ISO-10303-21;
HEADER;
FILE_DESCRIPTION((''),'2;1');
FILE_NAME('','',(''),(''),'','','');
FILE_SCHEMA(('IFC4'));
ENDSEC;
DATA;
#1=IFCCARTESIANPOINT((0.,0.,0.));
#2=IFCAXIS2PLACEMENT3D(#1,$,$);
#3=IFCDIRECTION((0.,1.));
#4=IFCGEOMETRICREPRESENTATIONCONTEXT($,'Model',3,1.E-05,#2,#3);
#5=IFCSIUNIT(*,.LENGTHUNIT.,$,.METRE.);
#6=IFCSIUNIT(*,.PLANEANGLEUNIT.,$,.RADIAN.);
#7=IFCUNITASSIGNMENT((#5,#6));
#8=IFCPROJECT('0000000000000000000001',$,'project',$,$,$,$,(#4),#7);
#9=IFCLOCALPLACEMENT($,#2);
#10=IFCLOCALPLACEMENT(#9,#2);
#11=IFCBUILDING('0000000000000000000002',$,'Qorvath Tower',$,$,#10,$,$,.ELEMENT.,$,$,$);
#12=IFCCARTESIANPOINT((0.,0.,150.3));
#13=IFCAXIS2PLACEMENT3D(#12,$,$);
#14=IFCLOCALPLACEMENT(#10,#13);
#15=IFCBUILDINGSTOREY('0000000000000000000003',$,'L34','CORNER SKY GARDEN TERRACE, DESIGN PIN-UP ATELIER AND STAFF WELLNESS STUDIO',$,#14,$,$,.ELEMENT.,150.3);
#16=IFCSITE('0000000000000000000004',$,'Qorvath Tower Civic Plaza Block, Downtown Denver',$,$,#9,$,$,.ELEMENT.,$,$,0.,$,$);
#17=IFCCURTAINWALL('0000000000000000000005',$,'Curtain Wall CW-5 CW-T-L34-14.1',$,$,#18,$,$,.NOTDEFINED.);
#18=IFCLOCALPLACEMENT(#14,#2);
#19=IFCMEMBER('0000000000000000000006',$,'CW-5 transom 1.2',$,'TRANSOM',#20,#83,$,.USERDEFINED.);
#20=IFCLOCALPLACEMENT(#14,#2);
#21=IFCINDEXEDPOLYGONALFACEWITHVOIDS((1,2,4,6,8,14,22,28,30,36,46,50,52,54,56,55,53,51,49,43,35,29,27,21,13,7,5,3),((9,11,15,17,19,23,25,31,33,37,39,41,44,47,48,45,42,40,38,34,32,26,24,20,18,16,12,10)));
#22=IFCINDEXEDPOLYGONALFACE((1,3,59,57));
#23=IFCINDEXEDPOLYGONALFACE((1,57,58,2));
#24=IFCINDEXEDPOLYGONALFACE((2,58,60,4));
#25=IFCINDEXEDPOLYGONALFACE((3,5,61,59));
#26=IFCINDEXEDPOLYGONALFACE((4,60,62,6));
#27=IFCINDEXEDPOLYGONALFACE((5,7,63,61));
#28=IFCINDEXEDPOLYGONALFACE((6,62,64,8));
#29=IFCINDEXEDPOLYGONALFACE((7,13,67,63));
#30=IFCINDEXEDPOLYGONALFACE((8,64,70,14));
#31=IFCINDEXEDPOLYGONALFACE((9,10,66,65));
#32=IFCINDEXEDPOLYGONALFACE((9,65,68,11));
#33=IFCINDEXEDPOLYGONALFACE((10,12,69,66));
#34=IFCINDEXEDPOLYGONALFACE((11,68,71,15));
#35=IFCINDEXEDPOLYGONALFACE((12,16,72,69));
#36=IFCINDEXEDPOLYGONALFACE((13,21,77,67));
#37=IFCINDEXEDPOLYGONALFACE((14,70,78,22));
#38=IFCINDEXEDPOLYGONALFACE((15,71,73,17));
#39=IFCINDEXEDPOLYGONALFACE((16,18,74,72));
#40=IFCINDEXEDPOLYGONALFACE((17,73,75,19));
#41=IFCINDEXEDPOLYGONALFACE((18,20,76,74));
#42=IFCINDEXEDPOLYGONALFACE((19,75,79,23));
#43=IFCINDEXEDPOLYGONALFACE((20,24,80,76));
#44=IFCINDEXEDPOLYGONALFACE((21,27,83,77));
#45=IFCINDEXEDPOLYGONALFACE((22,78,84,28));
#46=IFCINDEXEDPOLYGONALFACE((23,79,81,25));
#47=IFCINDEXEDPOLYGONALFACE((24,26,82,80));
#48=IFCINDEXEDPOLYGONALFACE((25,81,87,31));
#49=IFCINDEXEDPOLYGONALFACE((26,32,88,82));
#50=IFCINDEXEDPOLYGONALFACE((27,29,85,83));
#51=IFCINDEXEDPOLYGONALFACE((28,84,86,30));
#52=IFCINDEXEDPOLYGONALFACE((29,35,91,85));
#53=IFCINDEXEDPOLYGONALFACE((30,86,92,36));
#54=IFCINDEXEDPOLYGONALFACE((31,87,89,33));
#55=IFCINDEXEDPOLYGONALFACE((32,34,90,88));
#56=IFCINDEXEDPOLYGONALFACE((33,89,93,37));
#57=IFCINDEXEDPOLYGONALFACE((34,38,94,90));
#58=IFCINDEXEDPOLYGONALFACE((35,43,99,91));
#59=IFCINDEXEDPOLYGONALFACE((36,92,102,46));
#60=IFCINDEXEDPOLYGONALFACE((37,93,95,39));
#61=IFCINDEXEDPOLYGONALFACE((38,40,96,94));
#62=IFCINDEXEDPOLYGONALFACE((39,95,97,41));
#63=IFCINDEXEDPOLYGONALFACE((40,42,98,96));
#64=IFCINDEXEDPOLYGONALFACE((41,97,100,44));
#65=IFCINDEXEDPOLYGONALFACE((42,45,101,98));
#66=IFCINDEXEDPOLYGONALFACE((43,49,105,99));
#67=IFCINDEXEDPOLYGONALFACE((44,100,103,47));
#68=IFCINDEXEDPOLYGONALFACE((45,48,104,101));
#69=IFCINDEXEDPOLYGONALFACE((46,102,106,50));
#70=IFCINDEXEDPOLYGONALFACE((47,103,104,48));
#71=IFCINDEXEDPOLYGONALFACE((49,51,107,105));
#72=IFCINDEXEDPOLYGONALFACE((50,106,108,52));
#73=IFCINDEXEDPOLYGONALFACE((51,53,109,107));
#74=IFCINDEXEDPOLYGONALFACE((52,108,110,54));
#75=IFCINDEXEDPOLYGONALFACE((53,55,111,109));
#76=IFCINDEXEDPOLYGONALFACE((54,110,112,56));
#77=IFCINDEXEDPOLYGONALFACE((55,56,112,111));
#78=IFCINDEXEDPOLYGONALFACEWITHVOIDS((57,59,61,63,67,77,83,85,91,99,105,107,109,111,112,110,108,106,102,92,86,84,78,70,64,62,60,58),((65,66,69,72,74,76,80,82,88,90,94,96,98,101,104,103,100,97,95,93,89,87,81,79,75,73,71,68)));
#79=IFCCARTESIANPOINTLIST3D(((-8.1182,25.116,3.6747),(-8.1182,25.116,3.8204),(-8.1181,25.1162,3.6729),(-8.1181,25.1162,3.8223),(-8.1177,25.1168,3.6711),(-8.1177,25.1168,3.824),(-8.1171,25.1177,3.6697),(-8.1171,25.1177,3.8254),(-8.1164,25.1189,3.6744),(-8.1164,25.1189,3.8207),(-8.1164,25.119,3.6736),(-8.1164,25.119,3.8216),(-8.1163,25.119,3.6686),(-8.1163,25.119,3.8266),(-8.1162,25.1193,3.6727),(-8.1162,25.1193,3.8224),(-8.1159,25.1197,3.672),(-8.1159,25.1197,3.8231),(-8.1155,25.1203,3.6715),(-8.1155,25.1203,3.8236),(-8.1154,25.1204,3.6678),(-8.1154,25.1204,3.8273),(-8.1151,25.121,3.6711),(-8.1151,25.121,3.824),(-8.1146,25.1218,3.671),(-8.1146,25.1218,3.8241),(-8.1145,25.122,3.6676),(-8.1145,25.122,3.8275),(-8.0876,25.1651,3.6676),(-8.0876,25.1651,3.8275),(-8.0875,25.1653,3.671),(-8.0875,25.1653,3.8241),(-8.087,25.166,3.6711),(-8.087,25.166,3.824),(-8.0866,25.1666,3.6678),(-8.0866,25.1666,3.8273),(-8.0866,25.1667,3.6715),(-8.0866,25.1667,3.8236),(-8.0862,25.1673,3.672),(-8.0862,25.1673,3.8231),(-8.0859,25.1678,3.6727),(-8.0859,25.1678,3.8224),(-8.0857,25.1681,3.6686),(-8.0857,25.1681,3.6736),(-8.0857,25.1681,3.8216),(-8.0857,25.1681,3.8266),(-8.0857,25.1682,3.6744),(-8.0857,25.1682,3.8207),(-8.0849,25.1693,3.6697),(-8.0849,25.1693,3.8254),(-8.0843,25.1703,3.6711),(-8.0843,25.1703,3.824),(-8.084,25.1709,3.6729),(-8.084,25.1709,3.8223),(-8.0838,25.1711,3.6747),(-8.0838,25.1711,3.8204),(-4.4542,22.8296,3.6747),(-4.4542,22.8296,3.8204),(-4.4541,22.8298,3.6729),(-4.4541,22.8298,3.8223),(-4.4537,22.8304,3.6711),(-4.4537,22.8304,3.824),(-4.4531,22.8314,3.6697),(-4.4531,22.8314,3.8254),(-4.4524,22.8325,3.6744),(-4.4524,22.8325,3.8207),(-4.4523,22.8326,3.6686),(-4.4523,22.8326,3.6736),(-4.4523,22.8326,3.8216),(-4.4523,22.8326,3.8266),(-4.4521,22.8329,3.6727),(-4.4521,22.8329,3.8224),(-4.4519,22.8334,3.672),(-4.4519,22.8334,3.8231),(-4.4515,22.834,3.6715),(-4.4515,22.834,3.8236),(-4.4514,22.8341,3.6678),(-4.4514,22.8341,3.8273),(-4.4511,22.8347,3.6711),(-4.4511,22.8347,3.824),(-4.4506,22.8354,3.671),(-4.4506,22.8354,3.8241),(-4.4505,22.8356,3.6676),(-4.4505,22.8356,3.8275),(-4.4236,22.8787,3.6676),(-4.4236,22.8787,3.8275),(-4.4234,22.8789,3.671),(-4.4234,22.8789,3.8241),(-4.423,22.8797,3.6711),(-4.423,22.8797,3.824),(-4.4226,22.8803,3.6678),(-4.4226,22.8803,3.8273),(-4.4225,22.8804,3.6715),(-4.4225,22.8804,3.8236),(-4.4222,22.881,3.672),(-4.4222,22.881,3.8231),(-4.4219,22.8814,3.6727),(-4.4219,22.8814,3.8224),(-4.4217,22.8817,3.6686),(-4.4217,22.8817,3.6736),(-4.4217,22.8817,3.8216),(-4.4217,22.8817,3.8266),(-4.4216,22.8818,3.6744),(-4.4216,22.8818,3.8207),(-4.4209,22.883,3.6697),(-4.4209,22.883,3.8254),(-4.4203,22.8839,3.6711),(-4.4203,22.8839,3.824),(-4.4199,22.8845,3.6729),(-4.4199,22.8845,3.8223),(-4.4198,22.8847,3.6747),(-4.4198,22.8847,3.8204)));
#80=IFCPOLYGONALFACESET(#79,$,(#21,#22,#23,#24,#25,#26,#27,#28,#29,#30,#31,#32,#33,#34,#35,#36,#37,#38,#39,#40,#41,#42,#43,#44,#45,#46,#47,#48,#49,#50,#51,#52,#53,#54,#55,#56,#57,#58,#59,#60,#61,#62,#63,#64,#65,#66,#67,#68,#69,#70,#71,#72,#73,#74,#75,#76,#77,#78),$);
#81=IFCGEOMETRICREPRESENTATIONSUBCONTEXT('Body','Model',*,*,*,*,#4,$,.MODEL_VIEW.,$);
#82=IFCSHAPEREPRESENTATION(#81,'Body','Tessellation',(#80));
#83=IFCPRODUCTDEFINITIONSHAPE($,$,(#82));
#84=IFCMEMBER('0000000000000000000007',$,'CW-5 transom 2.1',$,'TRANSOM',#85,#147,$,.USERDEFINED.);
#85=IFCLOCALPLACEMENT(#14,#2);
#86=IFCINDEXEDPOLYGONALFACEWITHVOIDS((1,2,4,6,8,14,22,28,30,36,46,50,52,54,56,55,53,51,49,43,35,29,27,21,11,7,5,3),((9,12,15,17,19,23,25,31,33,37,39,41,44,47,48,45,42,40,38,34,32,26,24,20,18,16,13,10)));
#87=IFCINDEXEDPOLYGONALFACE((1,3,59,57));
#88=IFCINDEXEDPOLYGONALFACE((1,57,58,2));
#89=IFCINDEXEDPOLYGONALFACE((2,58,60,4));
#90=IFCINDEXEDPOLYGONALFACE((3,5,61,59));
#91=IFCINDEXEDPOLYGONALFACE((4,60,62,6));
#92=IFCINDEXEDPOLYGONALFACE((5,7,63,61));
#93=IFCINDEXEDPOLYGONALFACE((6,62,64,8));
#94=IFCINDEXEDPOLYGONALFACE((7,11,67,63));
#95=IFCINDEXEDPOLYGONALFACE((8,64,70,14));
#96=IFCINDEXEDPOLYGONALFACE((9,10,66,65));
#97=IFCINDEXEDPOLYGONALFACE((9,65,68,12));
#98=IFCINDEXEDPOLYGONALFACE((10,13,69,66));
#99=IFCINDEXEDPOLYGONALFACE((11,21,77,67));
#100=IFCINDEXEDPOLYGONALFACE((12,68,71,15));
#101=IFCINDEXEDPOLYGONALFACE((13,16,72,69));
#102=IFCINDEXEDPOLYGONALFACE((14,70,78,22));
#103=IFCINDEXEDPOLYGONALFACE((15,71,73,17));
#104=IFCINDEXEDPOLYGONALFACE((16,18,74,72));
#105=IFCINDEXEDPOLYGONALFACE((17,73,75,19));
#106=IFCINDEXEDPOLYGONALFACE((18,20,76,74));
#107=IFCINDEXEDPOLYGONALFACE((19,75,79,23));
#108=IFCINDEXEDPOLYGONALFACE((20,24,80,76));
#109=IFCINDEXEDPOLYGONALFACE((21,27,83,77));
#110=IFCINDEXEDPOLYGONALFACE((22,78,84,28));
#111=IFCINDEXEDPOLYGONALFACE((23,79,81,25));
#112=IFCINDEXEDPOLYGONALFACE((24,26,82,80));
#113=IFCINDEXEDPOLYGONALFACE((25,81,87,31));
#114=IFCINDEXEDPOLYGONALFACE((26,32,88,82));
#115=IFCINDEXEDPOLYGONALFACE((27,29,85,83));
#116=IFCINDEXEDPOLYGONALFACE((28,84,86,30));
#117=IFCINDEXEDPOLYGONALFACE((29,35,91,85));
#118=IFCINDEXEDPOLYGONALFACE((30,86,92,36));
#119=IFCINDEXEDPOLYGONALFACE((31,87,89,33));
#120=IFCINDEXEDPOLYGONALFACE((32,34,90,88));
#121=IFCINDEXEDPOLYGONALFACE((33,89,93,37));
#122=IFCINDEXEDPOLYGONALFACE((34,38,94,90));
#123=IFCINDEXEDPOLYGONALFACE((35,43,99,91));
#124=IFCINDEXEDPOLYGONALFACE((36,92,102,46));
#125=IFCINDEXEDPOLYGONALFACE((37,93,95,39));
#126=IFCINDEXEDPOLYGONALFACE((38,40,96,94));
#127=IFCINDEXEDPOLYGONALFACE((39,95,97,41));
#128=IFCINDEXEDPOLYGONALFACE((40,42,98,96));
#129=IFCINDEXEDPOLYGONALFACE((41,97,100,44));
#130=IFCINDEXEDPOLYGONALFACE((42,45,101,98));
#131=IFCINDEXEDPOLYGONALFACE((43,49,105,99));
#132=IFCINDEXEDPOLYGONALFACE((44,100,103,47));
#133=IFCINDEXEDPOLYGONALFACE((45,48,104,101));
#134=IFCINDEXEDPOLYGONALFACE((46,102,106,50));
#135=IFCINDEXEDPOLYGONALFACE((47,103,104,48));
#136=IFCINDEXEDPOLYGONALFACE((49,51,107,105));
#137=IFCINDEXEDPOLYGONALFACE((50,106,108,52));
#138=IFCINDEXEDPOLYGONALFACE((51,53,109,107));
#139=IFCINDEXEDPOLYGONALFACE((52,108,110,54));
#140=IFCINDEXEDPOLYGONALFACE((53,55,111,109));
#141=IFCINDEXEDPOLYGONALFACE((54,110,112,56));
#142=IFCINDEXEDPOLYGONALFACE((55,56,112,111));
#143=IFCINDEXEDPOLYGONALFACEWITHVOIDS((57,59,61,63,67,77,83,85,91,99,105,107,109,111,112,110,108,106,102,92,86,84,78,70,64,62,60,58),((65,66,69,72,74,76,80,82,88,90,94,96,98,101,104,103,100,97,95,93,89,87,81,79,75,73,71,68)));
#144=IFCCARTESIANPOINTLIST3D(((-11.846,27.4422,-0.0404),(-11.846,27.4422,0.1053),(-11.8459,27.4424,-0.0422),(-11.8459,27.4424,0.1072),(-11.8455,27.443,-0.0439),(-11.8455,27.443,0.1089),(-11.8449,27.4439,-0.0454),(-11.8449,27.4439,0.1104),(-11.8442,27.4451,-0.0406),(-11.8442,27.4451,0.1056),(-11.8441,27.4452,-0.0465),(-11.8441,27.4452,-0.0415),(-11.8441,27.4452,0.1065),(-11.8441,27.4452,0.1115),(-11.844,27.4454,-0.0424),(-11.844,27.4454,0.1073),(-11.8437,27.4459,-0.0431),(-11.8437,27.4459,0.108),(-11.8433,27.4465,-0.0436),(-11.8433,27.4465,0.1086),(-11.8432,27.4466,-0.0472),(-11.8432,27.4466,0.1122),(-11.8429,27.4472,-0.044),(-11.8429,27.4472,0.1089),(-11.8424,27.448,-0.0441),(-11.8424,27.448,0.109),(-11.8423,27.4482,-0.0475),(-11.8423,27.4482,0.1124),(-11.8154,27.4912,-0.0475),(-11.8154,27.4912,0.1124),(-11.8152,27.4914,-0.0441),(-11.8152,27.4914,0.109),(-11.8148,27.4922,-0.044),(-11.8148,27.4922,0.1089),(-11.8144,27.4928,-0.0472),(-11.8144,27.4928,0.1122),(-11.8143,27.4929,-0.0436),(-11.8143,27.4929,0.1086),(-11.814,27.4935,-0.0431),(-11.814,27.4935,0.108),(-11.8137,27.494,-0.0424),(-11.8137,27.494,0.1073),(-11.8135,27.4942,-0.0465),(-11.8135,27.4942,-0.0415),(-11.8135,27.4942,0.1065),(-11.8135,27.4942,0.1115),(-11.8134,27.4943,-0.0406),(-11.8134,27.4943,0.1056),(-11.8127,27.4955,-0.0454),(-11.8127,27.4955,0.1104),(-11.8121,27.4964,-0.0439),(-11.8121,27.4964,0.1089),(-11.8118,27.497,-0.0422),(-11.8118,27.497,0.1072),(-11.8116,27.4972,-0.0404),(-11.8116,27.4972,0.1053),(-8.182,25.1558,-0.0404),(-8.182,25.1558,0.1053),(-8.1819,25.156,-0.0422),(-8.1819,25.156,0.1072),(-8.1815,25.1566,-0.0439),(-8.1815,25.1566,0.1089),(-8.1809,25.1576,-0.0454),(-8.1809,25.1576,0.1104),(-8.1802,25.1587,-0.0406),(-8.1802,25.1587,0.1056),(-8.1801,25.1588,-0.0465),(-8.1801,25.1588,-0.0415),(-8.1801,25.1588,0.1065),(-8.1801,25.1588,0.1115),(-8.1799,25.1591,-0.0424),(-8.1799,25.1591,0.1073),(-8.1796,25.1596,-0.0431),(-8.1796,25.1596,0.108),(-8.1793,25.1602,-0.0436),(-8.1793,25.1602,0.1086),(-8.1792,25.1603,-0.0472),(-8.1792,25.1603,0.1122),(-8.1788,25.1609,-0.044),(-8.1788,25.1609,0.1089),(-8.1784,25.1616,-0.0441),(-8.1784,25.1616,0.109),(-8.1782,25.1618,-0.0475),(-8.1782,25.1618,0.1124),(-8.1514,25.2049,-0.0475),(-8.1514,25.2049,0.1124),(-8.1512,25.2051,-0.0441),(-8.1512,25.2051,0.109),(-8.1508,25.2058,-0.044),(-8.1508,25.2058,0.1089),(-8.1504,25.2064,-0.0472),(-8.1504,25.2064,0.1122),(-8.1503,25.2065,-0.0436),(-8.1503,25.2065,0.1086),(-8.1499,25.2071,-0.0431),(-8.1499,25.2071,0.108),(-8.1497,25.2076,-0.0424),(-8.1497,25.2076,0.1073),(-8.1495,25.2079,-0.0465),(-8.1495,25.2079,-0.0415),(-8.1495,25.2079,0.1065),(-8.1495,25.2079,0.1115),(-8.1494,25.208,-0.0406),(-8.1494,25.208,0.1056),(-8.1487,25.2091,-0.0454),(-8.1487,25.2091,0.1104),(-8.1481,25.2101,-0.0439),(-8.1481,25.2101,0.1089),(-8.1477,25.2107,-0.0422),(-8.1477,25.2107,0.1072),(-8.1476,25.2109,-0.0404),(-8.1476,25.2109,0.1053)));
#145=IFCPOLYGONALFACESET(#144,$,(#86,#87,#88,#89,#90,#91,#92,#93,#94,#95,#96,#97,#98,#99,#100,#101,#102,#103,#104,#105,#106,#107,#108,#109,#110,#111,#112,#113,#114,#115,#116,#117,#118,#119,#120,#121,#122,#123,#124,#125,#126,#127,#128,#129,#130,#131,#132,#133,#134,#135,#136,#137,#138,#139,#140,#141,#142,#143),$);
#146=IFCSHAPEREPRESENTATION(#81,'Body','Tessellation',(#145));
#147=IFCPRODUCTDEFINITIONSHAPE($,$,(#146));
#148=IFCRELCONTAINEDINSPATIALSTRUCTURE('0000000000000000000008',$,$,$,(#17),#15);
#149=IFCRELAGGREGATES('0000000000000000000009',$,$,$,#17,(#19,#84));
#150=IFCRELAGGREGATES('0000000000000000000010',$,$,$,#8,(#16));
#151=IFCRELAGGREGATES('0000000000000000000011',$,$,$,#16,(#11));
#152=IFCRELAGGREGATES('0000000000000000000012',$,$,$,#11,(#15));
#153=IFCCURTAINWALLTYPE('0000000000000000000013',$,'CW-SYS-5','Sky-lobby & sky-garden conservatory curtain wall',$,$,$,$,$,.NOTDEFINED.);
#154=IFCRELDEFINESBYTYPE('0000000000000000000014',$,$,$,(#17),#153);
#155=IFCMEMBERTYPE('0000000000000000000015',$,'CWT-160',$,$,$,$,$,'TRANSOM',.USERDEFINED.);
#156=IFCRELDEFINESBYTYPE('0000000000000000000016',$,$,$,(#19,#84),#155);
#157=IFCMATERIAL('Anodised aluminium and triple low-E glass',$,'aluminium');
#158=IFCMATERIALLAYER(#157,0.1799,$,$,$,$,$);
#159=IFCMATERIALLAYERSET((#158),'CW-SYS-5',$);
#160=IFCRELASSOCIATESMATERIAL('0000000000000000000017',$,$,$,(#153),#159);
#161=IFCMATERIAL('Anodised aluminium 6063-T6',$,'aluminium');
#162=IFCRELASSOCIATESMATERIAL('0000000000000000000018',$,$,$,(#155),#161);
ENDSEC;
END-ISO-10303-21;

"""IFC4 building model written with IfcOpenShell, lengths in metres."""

from ifc_helpers import new_model, si_unit, direction, frame, origin, origin_2d, place, context, subcontext, project, spatial, hollow_rectangle, extrude, material, layer, layer_set, material_profile, profile_set, type_object, element, aggregate, save


model = new_model("IFC4")

# Units and contexts
model_context = context("Model", 3, precision=1e-05, world=origin(), true_north=direction((0.0, 1.0)))
body_context = subcontext(model_context, "Body", "Model", "MODEL_VIEW")
ifc_project = project(units=[si_unit("LENGTHUNIT", "METRE"), si_unit("PLANEANGLEUNIT", "RADIAN")], contexts=[model_context])

# Site, building, storey
site_placement = place(None, origin())
site = spatial("IfcSite", under=ifc_project, at=site_placement, Name="Qorvath Tower Civic Plaza Block, Downtown Denver", CompositionType="ELEMENT", RefElevation=0.0)
building_placement = place(site_placement, origin())
building = spatial("IfcBuilding", under=site, at=building_placement, Name="Qorvath Tower", CompositionType="ELEMENT")
storey_placement = place(building_placement, frame((0.0, 0.0, 150.3)))
storey = spatial("IfcBuildingStorey", under=building, at=storey_placement, Name="L34", Description="CORNER SKY GARDEN TERRACE, DESIGN PIN-UP ATELIER AND STAFF WELLNESS STUDIO", CompositionType="ELEMENT", Elevation=150.3)

# Shared definitions
ifc_material_1 = material(Name="Anodised aluminium and triple low-E glass", Category="aluminium")
ifc_layer_1 = layer(ifc_material_1, 0.1799)
ifc_layer_set_1 = layer_set([ifc_layer_1], Name="CW-SYS-5")
curtain_wall_type = type_object("IfcCurtainWallType", Name="CW-SYS-5", Description="Sky-lobby & sky-garden conservatory curtain wall", PredefinedType="NOTDEFINED", material=ifc_layer_set_1)

# Curtain wall
curtain_wall_1_placement = place(storey_placement, origin())
curtain_wall_1 = element("IfcCurtainWall", 1, at=curtain_wall_1_placement, inside=storey, type_object=curtain_wall_type, Name="Curtain Wall CW-5 CW-T-L34-14.1", PredefinedType="NOTDEFINED")

# Members
ifc_material_2 = material(Name="Anodised aluminium 6063-T6", Category="aluminium")
ifc_material_profile_1 = material_profile(ifc_material_2, hollow_rectangle(XDim=0.0649, YDim=0.1599, WallThickness=0.0034, InnerFilletRadius=0.0034, OuterFilletRadius=0.0071, at=origin_2d()), Name="CWT 160x65")
ifc_profile_set_1 = profile_set([ifc_material_profile_1], Name="Anodised aluminium 6063-T6")
member_type_1 = type_object("IfcMemberType", Name="CWT-160", ElementType="TRANSOM", PredefinedType="USERDEFINED", material=ifc_profile_set_1)
member_1_placement = place(storey_placement, frame((-4.437, 22.8572, 3.7476), z_axis=(-0.848379, 0.529389, 0.0), x_axis=(-0.529389, -0.848379, 0.0)))
member_1 = element("IfcMember", 2, at=member_1_placement, type_object=member_type_1, Name="CW-5 transom 1.2", ObjectType="TRANSOM", PredefinedType="USERDEFINED", context=body_context, shape_type="SweptSolid", body=[
    extrude(hollow_rectangle(XDim=0.0649, YDim=0.1599, WallThickness=0.0034, InnerFilletRadius=0.0034, OuterFilletRadius=0.0071, at=origin_2d()), origin(), (0.0, 0.0, 1.0), 4.3188),
])
member_2_placement = place(storey_placement, frame((-8.1648, 25.1833, 0.0325), z_axis=(-0.848379, 0.529389, 0.0), x_axis=(-0.529389, -0.848379, 0.0)))
member_2 = element("IfcMember", 3, at=member_2_placement, type_object=member_type_1, Name="CW-5 transom 2.1", ObjectType="TRANSOM", PredefinedType="USERDEFINED", context=body_context, shape_type="SweptSolid", body=[
    extrude(hollow_rectangle(XDim=0.0649, YDim=0.1599, WallThickness=0.0034, InnerFilletRadius=0.0034, OuterFilletRadius=0.0071, at=origin_2d()), origin(), (0.0, 0.0, 1.0), 4.3188),
])

aggregate(curtain_wall_1, [member_1, member_2])

save(model, "model.ifc")
